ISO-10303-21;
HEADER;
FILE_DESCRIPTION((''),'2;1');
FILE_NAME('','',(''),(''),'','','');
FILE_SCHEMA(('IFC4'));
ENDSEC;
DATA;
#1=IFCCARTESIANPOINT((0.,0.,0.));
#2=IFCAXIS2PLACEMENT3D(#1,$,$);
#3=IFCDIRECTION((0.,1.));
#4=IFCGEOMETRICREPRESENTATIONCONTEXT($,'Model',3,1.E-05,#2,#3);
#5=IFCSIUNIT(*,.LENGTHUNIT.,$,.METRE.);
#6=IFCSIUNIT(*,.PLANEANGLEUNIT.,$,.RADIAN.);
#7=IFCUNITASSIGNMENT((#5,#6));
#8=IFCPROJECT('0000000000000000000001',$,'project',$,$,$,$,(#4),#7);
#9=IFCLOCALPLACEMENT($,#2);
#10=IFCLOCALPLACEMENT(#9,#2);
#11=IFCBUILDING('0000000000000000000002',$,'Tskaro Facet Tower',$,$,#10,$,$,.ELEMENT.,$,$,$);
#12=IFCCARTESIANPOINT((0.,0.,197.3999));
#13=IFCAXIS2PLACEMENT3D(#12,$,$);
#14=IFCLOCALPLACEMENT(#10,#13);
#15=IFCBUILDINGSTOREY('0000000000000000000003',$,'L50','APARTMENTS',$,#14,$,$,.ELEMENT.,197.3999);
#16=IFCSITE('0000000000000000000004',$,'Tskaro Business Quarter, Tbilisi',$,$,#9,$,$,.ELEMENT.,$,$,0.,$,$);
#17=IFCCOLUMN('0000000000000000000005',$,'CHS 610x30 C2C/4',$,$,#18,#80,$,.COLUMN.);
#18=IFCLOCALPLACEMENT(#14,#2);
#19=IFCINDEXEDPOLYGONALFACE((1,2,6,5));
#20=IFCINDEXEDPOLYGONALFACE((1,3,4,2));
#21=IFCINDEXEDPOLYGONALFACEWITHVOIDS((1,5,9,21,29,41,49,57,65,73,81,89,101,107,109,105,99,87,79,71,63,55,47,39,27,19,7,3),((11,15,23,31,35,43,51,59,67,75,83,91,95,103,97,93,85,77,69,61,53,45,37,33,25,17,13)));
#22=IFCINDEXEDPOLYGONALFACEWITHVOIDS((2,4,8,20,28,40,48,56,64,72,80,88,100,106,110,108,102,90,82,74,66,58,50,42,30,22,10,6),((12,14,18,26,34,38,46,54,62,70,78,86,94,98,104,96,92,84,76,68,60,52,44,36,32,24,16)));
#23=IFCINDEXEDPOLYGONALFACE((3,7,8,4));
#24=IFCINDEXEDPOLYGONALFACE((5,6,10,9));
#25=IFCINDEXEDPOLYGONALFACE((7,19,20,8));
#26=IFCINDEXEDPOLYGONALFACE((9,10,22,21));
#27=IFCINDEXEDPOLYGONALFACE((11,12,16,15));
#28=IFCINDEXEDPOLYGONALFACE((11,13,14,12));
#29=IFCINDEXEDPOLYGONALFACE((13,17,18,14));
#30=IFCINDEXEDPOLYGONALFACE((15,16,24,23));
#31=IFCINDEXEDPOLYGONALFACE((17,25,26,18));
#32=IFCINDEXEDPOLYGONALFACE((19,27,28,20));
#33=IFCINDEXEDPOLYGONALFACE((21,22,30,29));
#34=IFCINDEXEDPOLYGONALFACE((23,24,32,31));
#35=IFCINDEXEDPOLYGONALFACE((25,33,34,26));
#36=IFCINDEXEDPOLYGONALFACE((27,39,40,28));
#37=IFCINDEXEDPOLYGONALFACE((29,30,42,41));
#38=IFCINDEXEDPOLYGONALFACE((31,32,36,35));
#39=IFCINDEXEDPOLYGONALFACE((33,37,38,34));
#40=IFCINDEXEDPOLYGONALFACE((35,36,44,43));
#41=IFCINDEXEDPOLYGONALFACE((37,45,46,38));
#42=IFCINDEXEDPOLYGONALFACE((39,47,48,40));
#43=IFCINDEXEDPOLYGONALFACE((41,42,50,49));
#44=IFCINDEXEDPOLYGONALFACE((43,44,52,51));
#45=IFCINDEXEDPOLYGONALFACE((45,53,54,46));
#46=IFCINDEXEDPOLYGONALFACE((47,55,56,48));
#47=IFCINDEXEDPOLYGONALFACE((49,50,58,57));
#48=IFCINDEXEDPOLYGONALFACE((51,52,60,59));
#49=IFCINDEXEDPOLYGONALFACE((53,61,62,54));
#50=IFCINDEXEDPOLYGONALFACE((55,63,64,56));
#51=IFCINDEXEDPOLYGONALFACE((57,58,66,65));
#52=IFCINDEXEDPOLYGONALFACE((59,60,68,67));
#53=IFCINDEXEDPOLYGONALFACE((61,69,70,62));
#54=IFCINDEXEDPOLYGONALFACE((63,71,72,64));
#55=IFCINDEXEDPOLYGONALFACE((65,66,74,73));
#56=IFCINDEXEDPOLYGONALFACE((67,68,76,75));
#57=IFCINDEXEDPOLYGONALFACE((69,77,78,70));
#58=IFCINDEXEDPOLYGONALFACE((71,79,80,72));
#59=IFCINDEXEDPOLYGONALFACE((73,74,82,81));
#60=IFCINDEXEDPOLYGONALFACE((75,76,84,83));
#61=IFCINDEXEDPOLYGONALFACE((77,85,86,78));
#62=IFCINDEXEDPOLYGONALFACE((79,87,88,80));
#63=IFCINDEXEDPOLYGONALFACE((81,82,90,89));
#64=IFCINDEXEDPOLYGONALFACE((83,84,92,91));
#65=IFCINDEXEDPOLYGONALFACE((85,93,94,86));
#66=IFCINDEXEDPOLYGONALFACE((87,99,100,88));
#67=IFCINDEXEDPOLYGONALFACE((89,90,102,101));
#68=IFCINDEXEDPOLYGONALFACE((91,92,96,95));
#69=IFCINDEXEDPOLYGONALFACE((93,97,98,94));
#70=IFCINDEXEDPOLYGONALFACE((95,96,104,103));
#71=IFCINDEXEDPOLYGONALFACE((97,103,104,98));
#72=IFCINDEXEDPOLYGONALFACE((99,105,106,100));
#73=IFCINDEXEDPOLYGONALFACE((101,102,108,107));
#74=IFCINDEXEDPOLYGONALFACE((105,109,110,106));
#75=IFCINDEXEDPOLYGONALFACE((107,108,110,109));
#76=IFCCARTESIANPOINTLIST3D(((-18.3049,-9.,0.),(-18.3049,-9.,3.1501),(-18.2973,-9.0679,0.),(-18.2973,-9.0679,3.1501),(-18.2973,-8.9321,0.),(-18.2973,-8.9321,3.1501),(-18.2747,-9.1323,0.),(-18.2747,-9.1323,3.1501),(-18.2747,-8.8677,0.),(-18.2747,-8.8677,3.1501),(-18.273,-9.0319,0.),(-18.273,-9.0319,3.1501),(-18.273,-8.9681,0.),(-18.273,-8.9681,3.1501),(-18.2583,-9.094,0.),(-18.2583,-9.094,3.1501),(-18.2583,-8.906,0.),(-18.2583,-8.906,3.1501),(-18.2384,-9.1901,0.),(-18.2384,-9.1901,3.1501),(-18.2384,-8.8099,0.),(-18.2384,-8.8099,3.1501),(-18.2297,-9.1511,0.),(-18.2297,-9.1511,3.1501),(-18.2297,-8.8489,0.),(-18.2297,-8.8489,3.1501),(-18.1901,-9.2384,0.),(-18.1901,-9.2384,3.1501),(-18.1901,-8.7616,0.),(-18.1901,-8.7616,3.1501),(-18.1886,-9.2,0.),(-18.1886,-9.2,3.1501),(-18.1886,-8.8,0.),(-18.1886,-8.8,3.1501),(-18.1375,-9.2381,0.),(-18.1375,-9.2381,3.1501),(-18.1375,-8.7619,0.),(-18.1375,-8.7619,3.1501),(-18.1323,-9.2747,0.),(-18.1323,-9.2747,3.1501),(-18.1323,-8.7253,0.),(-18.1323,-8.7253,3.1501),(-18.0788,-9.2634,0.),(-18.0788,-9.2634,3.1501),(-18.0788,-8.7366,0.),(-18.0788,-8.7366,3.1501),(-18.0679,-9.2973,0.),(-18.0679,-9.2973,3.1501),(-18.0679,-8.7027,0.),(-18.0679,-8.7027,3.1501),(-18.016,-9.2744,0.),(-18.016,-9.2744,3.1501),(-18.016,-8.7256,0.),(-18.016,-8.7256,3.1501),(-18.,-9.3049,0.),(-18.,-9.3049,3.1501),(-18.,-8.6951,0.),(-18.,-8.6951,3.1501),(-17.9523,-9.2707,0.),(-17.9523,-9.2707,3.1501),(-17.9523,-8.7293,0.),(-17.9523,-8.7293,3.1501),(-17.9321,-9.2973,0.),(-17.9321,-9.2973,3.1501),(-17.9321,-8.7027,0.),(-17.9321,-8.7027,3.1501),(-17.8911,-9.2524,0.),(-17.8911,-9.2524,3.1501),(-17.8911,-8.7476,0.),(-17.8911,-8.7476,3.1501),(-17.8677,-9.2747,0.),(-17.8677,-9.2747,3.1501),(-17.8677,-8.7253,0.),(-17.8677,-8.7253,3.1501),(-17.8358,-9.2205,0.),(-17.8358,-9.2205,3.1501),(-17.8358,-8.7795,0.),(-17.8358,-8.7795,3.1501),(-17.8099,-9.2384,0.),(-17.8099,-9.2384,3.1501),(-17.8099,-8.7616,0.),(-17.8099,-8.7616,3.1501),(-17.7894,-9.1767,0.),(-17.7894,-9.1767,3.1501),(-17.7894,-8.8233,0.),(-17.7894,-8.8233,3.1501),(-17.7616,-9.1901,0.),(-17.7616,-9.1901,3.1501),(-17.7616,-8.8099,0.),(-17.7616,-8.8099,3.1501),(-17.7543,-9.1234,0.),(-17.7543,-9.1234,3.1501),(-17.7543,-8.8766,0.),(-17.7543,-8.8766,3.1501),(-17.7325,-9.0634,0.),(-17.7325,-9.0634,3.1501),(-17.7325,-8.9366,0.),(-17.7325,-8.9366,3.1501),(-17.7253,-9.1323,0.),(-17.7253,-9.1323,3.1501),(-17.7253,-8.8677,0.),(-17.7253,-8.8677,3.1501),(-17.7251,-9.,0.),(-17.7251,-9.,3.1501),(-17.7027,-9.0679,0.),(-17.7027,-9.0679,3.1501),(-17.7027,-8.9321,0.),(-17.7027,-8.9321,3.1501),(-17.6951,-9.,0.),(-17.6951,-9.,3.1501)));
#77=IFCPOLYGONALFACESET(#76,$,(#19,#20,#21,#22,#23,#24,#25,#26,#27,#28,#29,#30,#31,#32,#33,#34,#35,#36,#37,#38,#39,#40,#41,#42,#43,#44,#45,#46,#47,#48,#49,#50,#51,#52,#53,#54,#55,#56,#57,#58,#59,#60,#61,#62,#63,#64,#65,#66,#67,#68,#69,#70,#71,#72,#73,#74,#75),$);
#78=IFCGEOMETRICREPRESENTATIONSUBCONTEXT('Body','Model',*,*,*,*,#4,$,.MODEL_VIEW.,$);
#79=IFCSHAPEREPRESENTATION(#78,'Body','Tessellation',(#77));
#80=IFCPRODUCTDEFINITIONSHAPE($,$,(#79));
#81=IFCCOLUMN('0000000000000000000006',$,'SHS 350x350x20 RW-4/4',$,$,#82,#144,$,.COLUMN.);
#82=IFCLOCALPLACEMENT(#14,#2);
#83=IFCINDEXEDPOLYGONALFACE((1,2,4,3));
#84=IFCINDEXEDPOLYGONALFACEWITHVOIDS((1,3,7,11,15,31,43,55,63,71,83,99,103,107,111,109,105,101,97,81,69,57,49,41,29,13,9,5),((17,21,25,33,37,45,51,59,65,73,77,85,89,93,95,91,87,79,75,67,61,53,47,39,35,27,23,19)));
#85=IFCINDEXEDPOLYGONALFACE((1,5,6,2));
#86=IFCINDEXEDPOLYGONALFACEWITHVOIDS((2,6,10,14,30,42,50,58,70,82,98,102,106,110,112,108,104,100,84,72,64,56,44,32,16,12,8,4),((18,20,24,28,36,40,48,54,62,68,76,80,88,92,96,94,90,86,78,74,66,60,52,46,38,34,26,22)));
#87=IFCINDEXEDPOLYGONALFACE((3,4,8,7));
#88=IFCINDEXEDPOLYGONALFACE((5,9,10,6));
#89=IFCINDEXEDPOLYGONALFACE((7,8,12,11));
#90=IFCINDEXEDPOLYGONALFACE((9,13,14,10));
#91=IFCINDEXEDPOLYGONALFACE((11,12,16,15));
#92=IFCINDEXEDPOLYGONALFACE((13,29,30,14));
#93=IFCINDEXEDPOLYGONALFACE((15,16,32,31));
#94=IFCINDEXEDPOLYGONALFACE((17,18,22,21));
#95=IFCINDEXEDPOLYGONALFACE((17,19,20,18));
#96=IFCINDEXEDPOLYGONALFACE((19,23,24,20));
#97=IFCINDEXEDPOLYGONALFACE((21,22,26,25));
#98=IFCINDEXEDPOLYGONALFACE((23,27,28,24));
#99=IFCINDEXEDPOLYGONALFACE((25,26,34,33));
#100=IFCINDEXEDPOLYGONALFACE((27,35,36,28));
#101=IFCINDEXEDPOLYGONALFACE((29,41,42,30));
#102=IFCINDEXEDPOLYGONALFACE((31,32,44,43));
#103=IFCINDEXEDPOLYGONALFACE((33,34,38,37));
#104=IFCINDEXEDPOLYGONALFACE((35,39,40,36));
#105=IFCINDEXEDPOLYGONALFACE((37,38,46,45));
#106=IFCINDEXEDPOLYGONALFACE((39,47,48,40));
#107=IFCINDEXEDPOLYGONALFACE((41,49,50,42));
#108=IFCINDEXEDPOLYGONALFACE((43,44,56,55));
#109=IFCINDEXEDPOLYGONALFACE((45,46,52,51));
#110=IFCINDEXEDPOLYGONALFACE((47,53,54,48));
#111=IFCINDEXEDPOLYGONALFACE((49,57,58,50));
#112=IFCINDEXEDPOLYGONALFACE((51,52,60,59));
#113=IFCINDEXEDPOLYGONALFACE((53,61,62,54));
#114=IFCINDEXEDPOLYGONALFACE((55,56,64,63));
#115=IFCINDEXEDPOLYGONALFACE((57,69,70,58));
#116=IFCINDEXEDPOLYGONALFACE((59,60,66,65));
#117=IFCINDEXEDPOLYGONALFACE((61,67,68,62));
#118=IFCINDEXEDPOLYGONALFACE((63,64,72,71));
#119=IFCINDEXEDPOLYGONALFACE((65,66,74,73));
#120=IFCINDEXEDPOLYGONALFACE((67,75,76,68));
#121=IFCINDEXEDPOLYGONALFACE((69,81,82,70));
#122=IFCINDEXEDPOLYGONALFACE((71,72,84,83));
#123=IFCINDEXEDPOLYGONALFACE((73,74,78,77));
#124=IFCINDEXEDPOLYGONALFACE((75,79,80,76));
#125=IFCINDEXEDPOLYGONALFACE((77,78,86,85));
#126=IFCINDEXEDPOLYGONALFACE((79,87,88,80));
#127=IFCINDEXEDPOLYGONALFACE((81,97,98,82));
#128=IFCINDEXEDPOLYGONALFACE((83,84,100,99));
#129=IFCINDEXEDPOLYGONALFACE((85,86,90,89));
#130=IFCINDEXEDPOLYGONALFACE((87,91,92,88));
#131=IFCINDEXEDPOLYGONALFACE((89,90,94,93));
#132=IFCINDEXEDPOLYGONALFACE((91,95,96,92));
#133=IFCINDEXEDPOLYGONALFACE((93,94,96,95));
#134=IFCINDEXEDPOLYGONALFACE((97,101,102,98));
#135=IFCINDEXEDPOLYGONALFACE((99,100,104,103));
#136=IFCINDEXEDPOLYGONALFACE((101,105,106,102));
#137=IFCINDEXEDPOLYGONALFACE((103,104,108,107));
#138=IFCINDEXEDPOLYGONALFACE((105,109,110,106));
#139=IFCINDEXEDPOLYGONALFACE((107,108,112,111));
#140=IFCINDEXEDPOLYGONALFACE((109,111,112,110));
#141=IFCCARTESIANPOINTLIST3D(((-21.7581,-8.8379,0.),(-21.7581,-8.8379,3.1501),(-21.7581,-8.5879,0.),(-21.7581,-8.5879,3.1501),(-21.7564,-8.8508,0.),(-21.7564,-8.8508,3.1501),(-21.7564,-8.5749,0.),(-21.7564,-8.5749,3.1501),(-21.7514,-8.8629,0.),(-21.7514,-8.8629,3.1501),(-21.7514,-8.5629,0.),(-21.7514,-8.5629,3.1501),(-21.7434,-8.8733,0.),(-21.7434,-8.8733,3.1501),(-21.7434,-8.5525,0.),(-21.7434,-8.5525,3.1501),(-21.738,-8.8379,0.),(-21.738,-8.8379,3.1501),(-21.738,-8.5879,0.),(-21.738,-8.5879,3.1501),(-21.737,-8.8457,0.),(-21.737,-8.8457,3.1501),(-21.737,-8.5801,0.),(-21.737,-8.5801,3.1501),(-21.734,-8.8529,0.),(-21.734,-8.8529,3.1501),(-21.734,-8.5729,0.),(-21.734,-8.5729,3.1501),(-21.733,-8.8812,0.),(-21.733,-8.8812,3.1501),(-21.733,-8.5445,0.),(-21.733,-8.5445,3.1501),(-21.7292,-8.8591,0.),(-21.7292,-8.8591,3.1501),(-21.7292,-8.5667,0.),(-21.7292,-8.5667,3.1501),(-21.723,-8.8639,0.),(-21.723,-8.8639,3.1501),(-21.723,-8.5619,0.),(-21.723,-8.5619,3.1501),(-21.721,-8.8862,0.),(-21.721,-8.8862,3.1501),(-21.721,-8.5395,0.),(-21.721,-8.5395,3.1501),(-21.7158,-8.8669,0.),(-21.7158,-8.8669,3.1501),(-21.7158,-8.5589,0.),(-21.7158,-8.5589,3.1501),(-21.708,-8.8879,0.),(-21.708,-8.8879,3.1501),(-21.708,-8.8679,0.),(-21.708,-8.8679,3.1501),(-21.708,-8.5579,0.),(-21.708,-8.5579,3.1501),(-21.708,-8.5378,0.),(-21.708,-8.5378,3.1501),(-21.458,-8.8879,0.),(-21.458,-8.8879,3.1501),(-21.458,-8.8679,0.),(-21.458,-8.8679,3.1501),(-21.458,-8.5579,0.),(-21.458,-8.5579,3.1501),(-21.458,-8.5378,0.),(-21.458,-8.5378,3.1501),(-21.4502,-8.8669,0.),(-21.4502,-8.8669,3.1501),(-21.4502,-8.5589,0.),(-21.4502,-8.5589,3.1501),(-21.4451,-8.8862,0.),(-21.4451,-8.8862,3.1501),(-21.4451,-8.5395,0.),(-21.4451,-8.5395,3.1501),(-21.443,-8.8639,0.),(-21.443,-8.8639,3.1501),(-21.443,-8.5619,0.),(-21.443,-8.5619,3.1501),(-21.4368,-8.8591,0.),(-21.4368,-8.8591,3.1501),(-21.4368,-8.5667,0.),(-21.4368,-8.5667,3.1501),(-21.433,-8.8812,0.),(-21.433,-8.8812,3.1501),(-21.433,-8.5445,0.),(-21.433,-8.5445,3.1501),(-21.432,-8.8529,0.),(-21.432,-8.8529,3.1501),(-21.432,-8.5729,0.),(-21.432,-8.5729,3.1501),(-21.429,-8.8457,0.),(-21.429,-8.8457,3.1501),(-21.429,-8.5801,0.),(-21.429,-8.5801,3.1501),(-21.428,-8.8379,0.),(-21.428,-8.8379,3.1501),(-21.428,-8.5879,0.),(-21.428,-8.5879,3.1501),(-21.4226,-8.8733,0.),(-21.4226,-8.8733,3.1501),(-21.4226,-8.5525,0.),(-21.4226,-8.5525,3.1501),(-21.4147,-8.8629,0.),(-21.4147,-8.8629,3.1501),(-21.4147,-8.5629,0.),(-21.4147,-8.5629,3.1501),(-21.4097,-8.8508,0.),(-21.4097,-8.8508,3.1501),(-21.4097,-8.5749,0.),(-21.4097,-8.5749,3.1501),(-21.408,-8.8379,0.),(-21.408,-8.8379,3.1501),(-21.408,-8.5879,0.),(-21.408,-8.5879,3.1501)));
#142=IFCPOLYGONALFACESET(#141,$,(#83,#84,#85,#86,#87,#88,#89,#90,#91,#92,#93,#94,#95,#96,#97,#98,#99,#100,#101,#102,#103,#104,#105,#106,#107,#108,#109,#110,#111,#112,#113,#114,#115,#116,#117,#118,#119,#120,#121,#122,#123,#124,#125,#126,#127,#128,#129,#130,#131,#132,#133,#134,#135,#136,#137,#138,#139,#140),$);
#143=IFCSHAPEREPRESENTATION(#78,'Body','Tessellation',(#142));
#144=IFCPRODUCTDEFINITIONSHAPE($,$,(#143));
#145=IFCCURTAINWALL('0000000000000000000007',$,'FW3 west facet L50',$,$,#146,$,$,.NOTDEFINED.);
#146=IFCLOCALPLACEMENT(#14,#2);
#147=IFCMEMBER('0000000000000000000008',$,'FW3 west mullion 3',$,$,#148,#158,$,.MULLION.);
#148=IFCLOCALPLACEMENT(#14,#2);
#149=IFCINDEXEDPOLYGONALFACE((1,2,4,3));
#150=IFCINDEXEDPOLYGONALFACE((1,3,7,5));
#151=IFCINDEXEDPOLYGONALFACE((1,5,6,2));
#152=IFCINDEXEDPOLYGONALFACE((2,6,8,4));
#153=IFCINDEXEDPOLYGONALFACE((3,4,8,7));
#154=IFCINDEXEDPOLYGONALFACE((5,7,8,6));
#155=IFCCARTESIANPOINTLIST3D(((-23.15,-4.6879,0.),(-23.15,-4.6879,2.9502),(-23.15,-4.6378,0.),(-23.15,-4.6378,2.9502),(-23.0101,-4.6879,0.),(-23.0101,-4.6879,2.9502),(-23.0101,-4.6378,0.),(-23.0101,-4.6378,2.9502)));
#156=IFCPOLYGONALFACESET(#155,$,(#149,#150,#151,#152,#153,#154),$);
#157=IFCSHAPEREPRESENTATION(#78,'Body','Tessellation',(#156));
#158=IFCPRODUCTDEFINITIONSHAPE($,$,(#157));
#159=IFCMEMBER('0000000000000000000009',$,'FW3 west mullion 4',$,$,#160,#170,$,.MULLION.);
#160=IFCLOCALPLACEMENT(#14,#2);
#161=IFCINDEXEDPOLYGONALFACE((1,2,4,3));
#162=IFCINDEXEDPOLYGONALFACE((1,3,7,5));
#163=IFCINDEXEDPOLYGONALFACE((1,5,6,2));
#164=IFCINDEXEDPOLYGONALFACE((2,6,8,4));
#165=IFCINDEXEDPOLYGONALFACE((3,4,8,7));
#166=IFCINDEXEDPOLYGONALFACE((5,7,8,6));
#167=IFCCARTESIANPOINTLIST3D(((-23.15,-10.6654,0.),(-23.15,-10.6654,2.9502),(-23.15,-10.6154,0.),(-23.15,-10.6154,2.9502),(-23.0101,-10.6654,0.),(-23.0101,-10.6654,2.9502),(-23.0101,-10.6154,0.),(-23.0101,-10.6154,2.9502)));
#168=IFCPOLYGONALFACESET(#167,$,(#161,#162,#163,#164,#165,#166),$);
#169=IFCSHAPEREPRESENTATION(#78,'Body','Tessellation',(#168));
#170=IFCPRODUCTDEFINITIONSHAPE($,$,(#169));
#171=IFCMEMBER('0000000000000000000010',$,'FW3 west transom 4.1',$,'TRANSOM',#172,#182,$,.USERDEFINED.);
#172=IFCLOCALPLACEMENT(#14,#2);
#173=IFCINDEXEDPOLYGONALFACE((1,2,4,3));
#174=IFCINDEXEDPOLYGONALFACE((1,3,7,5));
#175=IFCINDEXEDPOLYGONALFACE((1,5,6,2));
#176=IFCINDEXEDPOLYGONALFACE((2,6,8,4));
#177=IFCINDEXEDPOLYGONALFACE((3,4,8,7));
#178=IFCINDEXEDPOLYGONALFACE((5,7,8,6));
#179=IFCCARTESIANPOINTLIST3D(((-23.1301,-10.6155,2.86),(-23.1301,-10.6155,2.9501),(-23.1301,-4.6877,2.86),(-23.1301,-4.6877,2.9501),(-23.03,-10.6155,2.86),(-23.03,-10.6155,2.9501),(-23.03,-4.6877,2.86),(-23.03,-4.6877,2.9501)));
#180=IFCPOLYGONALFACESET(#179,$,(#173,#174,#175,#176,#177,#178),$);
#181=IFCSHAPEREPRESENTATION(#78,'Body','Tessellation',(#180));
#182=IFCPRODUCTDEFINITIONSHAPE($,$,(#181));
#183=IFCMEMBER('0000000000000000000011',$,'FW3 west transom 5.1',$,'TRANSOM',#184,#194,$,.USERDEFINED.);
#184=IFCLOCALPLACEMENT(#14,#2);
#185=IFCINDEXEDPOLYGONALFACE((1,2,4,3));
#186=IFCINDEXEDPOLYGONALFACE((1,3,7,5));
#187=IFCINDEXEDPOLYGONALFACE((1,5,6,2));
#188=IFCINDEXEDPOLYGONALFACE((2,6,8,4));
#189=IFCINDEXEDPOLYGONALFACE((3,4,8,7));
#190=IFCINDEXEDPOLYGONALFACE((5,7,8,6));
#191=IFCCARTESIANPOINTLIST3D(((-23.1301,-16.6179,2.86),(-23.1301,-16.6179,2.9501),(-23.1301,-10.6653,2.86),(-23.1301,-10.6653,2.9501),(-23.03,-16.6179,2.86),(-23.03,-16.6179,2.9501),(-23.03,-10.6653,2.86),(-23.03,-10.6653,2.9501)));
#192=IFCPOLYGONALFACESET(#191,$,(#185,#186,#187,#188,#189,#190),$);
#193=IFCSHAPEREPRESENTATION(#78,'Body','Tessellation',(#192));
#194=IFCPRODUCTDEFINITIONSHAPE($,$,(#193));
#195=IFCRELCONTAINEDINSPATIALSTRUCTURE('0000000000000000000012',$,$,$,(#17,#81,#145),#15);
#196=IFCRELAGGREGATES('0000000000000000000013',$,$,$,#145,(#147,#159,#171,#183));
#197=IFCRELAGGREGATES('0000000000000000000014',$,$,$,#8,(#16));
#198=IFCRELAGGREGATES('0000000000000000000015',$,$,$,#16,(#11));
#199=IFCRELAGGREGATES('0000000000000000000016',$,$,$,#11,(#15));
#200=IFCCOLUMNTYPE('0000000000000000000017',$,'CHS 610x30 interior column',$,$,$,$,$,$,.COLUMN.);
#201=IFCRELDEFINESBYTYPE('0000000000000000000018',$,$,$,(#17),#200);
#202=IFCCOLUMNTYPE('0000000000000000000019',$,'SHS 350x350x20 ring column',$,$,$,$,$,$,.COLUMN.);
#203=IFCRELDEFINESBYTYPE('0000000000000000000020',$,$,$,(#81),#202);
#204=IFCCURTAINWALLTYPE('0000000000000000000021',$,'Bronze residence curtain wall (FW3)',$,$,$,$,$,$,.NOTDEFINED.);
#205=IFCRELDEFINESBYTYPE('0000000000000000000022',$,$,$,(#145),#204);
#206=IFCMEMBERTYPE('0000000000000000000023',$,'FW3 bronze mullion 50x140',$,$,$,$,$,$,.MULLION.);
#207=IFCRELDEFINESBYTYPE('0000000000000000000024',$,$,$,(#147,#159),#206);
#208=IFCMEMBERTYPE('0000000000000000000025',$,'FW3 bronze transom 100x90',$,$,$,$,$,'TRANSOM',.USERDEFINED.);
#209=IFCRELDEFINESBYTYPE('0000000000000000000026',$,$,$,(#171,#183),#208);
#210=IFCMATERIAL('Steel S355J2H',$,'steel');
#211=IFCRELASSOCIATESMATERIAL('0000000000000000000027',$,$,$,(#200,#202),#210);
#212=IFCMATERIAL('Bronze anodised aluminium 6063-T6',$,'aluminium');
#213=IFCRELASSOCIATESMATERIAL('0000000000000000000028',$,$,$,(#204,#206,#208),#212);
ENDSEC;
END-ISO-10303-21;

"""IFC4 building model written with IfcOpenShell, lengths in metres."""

from ifc_helpers import new_model, si_unit, direction, frame, origin, origin_2d, place, context, subcontext, project, spatial, rectangle, hollow_rectangle, hollow_circle, extrude, material, material_profile, profile_set, type_object, element, aggregate, save


model = new_model("IFC4")

# Units and contexts
model_context = context("Model", 3, precision=1e-05, world=origin(), true_north=direction((0.0, 1.0)))
body_context = subcontext(model_context, "Body", "Model", "MODEL_VIEW")
ifc_project = project(units=[si_unit("LENGTHUNIT", "METRE"), si_unit("PLANEANGLEUNIT", "RADIAN")], contexts=[model_context])

# Site, building, storey
site_placement = place(None, origin())
site = spatial("IfcSite", under=ifc_project, at=site_placement, Name="Tskaro Business Quarter, Tbilisi", CompositionType="ELEMENT", RefElevation=0.0)
building_placement = place(site_placement, origin())
building = spatial("IfcBuilding", under=site, at=building_placement, Name="Tskaro Facet Tower", CompositionType="ELEMENT")
storey_placement = place(building_placement, frame((0.0, 0.0, 197.3999)))
storey = spatial("IfcBuildingStorey", under=building, at=storey_placement, Name="L50", Description="APARTMENTS", CompositionType="ELEMENT", Elevation=197.3999)

# Columns
ifc_material_1 = material(Name="Steel S355J2H", Category="steel")
ifc_material_profile_1 = material_profile(ifc_material_1, hollow_circle(Radius=0.3049, WallThickness=0.03, at=origin_2d()), Name="CHS 610x30")
ifc_profile_set_1 = profile_set([ifc_material_profile_1], Name="Steel S355J2H")
column_type_1 = type_object("IfcColumnType", Name="CHS 610x30 interior column", PredefinedType="COLUMN", material=ifc_profile_set_1)
column_1_placement = place(storey_placement, frame((-18.0, -9.0, 0.0), z_axis=(0.0, 0.0, 1.0), x_axis=(1.0, 0.0, 0.0)))
element("IfcColumn", 1, at=column_1_placement, inside=storey, type_object=column_type_1, Name="CHS 610x30 C2C/4", PredefinedType="COLUMN", context=body_context, shape_type="SweptSolid", body=[
    extrude(hollow_circle(Radius=0.3049, WallThickness=0.03, at=origin_2d()), origin(), (0.0, 0.0, 1.0), 3.1501),
])
ifc_material_profile_2 = material_profile(ifc_material_1, hollow_rectangle(XDim=0.3501, YDim=0.3501, WallThickness=0.02, InnerFilletRadius=0.03, OuterFilletRadius=0.05, at=origin_2d()), Name="SHS 350x350x20")
ifc_profile_set_2 = profile_set([ifc_material_profile_2], Name="Steel S355J2H")
column_type_2 = type_object("IfcColumnType", Name="SHS 350x350x20 ring column", PredefinedType="COLUMN", material=ifc_profile_set_2)
column_2_placement = place(storey_placement, frame((-21.583, -8.7129, 0.0), z_axis=(0.0, 0.0, 1.0), x_axis=(1.0, 0.0, 0.0)))
element("IfcColumn", 2, at=column_2_placement, inside=storey, type_object=column_type_2, Name="SHS 350x350x20 RW-4/4", PredefinedType="COLUMN", context=body_context, shape_type="SweptSolid", body=[
    extrude(hollow_rectangle(XDim=0.3501, YDim=0.3501, WallThickness=0.02, InnerFilletRadius=0.03, OuterFilletRadius=0.05, at=origin_2d()), origin(), (0.0, 0.0, 1.0), 3.1501),
])

# Curtain wall, members
ifc_material_2 = material(Name="Bronze anodised aluminium 6063-T6", Category="aluminium")
curtain_wall_type = type_object("IfcCurtainWallType", Name="Bronze residence curtain wall (FW3)", PredefinedType="NOTDEFINED", material=ifc_material_2)
curtain_wall_placement = place(storey_placement, origin())
curtain_wall = element("IfcCurtainWall", 3, at=curtain_wall_placement, inside=storey, type_object=curtain_wall_type, Name="FW3 west facet L50", PredefinedType="NOTDEFINED")
ifc_material_profile_3 = material_profile(ifc_material_2, rectangle(XDim=0.05, YDim=0.1399, at=origin_2d()), Name="Mullion 50x140")
ifc_profile_set_3 = profile_set([ifc_material_profile_3], Name="Bronze anodised aluminium 6063-T6")
member_type_1 = type_object("IfcMemberType", Name="FW3 bronze mullion 50x140", PredefinedType="MULLION", material=ifc_profile_set_3)
member_1_placement = place(storey_placement, frame((-23.0801, -4.6628, 0.0), z_axis=(0.0, 0.0, 1.0), x_axis=(0.0, -1.0, 0.0)))
member_1 = element("IfcMember", 4, at=member_1_placement, type_object=member_type_1, Name="FW3 west mullion 3", PredefinedType="MULLION", context=body_context, shape_type="SweptSolid", body=[
    extrude(rectangle(XDim=0.05, YDim=0.1399, at=origin_2d()), origin(), (0.0, 0.0, 1.0), 2.9502),
])
member_2_placement = place(storey_placement, frame((-23.0801, -10.6404, 0.0), z_axis=(0.0, 0.0, 1.0), x_axis=(0.0, -1.0, 0.0)))
member_2 = element("IfcMember", 5, at=member_2_placement, type_object=member_type_1, Name="FW3 west mullion 4", PredefinedType="MULLION", context=body_context, shape_type="SweptSolid", body=[
    extrude(rectangle(XDim=0.05, YDim=0.1399, at=origin_2d()), origin(), (0.0, 0.0, 1.0), 2.9502),
])
ifc_material_profile_4 = material_profile(ifc_material_2, rectangle(XDim=0.1001, YDim=0.0901, at=origin_2d()), Name="Transom 100x90")
ifc_profile_set_4 = profile_set([ifc_material_profile_4], Name="Bronze anodised aluminium 6063-T6")
member_type_2 = type_object("IfcMemberType", Name="FW3 bronze transom 100x90", ElementType="TRANSOM", PredefinedType="USERDEFINED", material=ifc_profile_set_4)
member_3_placement = place(storey_placement, frame((-23.0801, -4.6877, 2.905), z_axis=(0.0, -1.0, 0.0), x_axis=(1.0, 0.0, 0.0)))
member_3 = element("IfcMember", 6, at=member_3_placement, type_object=member_type_2, Name="FW3 west transom 4.1", ObjectType="TRANSOM", PredefinedType="USERDEFINED", context=body_context, shape_type="SweptSolid", body=[
    extrude(rectangle(XDim=0.1001, YDim=0.0901, at=origin_2d()), origin(), (0.0, 0.0, 1.0), 5.9277),
])
member_4_placement = place(storey_placement, frame((-23.0801, -10.6653, 2.905), z_axis=(0.0, -1.0, 0.0), x_axis=(1.0, 0.0, 0.0)))
member_4 = element("IfcMember", 7, at=member_4_placement, type_object=member_type_2, Name="FW3 west transom 5.1", ObjectType="TRANSOM", PredefinedType="USERDEFINED", context=body_context, shape_type="SweptSolid", body=[
    extrude(rectangle(XDim=0.1001, YDim=0.0901, at=origin_2d()), origin(), (0.0, 0.0, 1.0), 5.9526),
])

aggregate(curtain_wall, [member_1, member_2, member_3, member_4])

save(model, "model.ifc")
